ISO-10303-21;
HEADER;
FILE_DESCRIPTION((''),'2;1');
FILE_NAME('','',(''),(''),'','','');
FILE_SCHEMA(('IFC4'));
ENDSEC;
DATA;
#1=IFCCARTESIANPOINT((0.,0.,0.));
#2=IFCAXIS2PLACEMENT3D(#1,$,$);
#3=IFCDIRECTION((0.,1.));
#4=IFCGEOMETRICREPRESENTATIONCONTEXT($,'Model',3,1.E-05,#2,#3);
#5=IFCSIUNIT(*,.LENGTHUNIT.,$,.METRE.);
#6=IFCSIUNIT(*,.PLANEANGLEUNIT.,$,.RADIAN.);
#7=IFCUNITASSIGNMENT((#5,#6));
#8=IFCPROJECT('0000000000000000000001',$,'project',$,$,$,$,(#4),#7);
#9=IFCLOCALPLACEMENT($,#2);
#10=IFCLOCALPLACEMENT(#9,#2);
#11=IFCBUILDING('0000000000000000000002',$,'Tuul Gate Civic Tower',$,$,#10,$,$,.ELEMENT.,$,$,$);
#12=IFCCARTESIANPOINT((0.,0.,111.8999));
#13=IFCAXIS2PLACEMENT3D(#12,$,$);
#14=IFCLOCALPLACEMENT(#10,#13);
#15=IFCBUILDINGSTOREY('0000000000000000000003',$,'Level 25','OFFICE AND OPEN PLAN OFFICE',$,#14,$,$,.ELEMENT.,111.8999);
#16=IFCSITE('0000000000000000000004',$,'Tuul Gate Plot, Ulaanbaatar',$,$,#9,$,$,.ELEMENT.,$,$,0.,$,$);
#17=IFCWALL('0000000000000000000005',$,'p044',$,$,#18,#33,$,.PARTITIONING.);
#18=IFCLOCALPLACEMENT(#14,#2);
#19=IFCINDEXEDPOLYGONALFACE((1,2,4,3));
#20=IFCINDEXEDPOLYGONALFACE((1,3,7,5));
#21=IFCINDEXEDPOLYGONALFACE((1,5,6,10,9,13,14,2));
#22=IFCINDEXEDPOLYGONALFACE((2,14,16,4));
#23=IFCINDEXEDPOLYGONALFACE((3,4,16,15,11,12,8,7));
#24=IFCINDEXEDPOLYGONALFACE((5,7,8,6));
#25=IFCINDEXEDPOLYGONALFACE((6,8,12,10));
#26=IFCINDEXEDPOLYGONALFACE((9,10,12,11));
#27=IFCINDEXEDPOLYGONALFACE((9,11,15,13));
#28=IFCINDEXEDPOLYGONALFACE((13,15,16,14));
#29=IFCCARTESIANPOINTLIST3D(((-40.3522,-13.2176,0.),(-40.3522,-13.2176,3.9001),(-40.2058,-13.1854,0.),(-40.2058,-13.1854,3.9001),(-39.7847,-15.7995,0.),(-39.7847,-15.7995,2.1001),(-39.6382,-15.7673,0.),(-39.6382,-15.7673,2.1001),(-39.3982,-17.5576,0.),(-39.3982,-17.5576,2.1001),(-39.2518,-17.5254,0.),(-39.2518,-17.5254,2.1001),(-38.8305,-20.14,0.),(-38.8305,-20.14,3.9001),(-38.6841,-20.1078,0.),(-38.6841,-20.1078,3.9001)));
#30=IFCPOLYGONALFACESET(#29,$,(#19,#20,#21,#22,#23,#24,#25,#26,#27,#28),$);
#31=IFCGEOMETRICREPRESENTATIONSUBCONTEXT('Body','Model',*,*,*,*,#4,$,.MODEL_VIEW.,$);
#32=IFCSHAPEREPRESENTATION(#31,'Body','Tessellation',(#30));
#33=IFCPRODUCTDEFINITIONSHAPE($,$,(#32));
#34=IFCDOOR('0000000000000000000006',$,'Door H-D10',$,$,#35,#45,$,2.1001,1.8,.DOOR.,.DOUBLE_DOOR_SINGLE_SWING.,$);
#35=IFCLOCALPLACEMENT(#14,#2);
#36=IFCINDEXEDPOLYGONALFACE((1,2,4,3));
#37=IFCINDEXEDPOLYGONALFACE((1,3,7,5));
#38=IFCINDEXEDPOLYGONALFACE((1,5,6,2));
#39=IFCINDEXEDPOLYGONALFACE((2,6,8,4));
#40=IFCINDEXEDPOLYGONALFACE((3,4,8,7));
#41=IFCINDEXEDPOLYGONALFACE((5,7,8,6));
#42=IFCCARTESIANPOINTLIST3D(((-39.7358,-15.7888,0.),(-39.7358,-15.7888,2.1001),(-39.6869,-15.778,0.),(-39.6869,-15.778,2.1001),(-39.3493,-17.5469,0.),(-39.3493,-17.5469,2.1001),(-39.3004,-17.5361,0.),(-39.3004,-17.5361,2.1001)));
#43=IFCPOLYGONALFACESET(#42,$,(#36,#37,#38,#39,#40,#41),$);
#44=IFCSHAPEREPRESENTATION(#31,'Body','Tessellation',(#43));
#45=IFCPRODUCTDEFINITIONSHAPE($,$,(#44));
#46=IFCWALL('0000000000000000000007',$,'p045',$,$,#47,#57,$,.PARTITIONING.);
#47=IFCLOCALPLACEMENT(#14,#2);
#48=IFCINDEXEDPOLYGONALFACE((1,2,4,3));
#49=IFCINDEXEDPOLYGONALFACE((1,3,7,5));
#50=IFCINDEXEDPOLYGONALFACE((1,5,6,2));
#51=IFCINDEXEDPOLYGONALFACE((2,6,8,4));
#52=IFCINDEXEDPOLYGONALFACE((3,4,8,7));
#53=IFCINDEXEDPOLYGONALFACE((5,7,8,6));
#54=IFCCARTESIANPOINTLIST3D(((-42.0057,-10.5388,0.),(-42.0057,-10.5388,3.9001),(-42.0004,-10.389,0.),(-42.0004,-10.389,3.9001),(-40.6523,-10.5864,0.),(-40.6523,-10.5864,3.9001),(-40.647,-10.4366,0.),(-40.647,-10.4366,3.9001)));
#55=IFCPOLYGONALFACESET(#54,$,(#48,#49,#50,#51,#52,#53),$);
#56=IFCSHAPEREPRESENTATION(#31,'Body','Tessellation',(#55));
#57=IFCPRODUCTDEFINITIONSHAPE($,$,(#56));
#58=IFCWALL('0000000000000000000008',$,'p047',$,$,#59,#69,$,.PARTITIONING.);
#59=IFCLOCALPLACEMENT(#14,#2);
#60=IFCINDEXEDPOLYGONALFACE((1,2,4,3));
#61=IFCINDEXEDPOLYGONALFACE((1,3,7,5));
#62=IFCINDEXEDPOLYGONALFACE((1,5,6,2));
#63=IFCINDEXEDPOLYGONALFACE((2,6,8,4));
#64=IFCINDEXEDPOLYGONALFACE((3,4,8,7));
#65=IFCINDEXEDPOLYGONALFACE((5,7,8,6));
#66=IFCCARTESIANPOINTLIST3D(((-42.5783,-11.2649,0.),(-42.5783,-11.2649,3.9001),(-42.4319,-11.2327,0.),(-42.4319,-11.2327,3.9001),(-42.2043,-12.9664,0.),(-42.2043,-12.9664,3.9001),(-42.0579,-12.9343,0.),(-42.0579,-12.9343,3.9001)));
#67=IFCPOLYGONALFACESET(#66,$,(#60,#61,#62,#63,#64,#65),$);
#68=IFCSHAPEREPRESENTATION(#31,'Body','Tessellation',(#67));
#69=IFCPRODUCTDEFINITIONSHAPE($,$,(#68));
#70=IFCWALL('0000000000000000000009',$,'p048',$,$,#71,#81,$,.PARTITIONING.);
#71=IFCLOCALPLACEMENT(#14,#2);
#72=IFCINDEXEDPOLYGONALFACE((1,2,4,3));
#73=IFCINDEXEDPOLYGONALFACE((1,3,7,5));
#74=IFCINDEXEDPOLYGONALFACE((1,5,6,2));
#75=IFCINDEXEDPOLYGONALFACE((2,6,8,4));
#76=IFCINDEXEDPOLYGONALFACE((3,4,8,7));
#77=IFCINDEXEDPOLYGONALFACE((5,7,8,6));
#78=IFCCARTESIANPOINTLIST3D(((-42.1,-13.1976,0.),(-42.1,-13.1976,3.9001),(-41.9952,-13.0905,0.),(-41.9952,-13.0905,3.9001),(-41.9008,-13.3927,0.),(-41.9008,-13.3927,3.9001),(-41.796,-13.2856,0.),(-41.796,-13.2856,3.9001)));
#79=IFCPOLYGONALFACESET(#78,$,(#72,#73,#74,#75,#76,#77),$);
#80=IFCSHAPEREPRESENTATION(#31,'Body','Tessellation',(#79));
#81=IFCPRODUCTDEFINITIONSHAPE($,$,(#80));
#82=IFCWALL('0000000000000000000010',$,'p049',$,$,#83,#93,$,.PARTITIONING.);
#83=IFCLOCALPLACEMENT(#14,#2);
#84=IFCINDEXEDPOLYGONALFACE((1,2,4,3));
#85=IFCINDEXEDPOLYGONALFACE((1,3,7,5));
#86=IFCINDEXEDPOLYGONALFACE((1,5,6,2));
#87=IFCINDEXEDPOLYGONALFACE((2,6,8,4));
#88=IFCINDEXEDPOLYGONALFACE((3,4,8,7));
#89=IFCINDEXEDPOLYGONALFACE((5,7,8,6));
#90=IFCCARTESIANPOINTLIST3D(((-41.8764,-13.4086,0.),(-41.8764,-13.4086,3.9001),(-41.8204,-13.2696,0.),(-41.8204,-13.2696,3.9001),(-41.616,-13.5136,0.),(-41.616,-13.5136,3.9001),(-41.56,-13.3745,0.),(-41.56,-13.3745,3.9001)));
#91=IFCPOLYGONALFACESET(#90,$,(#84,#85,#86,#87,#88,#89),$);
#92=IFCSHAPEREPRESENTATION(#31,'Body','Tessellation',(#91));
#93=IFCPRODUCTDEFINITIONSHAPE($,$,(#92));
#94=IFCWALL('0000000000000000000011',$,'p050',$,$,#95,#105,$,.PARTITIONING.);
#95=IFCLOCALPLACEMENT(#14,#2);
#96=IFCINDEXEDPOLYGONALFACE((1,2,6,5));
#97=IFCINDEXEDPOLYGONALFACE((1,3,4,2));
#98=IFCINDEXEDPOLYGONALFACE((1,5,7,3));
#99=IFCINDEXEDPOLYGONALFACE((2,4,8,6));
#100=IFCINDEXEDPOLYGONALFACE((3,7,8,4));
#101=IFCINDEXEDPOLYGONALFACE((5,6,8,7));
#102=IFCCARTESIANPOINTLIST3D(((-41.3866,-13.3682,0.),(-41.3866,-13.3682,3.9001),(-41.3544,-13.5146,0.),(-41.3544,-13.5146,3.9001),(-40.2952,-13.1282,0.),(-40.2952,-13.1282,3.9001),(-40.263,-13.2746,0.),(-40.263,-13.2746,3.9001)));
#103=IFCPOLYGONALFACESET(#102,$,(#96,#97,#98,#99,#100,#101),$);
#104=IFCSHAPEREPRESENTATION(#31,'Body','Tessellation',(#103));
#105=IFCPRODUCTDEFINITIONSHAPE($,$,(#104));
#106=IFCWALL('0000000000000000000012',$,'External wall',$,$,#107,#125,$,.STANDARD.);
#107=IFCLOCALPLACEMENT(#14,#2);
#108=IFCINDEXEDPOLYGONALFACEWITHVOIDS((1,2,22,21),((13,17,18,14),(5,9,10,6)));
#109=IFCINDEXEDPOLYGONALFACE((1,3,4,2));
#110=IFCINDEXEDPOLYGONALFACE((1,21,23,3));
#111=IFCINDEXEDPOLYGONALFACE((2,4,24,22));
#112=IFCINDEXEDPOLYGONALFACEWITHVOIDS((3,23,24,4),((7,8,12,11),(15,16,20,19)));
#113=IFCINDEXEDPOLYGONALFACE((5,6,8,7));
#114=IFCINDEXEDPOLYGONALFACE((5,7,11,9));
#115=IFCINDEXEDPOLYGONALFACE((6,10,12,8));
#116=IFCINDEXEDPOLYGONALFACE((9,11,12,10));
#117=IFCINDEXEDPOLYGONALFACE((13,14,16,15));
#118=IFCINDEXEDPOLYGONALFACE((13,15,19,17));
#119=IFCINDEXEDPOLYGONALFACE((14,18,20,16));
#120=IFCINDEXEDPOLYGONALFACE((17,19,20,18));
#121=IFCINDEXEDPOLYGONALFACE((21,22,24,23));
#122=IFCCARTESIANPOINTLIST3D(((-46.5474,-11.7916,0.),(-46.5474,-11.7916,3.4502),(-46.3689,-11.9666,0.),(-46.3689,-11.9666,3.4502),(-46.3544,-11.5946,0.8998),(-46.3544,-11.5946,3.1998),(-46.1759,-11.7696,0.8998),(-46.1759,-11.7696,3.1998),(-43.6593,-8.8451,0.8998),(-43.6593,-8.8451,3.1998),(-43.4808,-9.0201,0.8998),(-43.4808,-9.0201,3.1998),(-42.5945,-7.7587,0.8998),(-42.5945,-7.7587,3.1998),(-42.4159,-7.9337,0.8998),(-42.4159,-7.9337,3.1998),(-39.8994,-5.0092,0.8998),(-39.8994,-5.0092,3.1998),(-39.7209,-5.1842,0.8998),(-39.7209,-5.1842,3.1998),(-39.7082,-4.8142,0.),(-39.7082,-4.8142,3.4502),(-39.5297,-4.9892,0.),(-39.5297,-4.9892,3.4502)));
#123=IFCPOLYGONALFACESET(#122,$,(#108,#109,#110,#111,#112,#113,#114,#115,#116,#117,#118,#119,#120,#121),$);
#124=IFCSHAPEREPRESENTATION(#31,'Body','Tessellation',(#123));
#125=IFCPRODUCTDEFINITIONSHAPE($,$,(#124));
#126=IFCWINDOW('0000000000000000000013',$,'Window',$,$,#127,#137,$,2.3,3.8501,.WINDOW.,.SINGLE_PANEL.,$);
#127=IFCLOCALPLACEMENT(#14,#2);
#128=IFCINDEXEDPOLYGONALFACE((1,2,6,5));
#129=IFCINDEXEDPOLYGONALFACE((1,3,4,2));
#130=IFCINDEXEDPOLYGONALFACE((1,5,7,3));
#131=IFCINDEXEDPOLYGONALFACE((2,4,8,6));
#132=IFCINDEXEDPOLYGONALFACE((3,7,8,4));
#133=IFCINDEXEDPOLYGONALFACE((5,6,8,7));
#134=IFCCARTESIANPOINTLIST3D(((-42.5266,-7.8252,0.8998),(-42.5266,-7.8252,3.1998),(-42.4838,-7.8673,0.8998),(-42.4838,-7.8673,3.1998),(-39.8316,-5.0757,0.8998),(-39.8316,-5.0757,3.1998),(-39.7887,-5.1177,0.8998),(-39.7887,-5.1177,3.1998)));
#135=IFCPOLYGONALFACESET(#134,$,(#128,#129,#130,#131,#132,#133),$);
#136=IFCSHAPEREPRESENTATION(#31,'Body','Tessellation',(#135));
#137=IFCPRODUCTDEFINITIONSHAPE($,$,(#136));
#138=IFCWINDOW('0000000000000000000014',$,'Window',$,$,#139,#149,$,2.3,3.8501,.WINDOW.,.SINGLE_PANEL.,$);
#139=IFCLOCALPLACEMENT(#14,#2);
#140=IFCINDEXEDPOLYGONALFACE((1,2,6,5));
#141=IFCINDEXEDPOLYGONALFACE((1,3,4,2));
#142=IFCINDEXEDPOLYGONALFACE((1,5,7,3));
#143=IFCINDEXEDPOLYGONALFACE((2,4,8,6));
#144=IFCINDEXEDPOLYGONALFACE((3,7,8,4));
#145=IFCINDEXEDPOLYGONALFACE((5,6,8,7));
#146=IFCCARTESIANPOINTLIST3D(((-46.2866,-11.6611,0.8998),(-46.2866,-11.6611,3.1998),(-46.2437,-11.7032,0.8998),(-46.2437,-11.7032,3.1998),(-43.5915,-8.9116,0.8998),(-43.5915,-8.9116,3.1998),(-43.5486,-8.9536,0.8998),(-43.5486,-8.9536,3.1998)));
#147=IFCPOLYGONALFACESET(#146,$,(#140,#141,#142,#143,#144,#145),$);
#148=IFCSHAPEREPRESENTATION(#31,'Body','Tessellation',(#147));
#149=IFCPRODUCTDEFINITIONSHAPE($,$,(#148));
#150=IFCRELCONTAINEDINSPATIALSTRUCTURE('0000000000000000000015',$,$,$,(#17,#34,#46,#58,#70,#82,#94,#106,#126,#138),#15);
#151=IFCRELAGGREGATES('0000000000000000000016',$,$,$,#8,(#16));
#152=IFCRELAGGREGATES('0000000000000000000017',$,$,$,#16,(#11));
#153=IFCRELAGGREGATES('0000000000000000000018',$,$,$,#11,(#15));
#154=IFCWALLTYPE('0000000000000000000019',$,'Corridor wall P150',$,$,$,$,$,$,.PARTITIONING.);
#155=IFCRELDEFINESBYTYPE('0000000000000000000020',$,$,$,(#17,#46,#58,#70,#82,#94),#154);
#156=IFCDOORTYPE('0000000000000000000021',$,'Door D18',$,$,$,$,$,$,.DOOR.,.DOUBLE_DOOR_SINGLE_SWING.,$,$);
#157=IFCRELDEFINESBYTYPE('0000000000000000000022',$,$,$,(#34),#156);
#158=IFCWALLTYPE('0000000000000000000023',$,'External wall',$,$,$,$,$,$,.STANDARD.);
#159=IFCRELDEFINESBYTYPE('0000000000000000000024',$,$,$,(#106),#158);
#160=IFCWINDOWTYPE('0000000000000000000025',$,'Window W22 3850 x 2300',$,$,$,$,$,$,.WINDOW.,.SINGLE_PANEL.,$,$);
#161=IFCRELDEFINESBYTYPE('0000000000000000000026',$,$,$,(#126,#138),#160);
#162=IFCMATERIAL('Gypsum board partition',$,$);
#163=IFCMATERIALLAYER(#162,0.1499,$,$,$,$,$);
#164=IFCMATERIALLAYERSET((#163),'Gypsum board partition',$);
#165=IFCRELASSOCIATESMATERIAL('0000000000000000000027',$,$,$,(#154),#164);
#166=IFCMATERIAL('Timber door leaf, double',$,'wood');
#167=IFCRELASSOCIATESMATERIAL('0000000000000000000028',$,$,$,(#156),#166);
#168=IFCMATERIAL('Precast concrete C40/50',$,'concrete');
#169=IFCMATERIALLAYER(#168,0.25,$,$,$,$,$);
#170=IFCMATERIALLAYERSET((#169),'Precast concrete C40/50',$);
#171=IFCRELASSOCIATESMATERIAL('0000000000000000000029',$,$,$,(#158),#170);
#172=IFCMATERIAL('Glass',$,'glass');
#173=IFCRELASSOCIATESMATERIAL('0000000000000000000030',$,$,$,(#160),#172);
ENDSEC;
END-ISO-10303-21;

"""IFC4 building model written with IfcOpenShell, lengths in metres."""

from ifc_helpers import new_model, si_unit, direction, frame, frame_2d, origin, place, context, subcontext, project, spatial, rectangle, extrude, material, layer, layer_set, type_object, element, fill, save


model = new_model("IFC4")

# Units and contexts
model_context = context("Model", 3, precision=1e-05, world=origin(), true_north=direction((0.0, 1.0)))
body_context = subcontext(model_context, "Body", "Model", "MODEL_VIEW")
ifc_project = project(units=[si_unit("LENGTHUNIT", "METRE"), si_unit("PLANEANGLEUNIT", "RADIAN")], contexts=[model_context])

# Site, building, storey
site_placement = place(None, origin())
site = spatial("IfcSite", under=ifc_project, at=site_placement, Name="Tuul Gate Plot, Ulaanbaatar", CompositionType="ELEMENT", RefElevation=0.0)
building_placement = place(site_placement, origin())
building = spatial("IfcBuilding", under=site, at=building_placement, Name="Tuul Gate Civic Tower", CompositionType="ELEMENT")
storey_placement = place(building_placement, frame((0.0, 0.0, 111.8999)))
storey = spatial("IfcBuildingStorey", under=building, at=storey_placement, Name="Level 25", Description="OFFICE AND OPEN PLAN OFFICE", CompositionType="ELEMENT", Elevation=111.8999)

# Shared definitions
ifc_material_1 = material(Name="Gypsum board partition")
ifc_layer_1 = layer(ifc_material_1, 0.1499)
ifc_layer_set_1 = layer_set([ifc_layer_1], Name="Gypsum board partition")
wall_type_1 = type_object("IfcWallType", Name="Corridor wall P150", PredefinedType="PARTITIONING", material=ifc_layer_set_1)

# Wall, opening, door
wall_1_placement = place(storey_placement, frame((-40.2791, -13.2014, 0.0), z_axis=(0.0, 0.0, 1.0), x_axis=(0.214701, -0.97668, 0.0)))
wall_1 = element("IfcWall", 1, at=wall_1_placement, inside=storey, type_object=wall_type_1, Name="p044", PredefinedType="PARTITIONING", context=body_context, shape_type="SweptSolid", body=[
    extrude(rectangle(XDim=7.0876, YDim=0.1499, at=frame_2d((3.5439, 0.0))), origin(), (0.0, 0.0, 1.0), 3.9001),
])
opening_1_placement = place(wall_1_placement, frame((2.6438, 0.0, 0.0)))
opening_1 = element("IfcOpeningElement", 2, at=opening_1_placement, cuts=wall_1, PredefinedType="OPENING", context=body_context, shape_type="SweptSolid", body=[
    extrude(rectangle(XDim=1.8, YDim=2.1001, at=frame_2d((0.8999, 1.05))), frame((0.0, 0.085, 0.0), z_axis=(0.0, -1.0, 0.0), x_axis=(1.0, 0.0, 0.0)), (0.0, 0.0, 1.0), 0.1699),
])
ifc_material_2 = material(Name="Timber door leaf, double", Category="wood")
door_type_1 = type_object("IfcDoorType", Name="Door D18", OperationType="DOUBLE_DOOR_SINGLE_SWING", PredefinedType="DOOR", material=ifc_material_2)
door_1_placement = place(opening_1_placement, frame((1.8, 0.0, 0.0), z_axis=(0.0, 0.0, 1.0), x_axis=(-1.0, 0.0, 0.0)))
door_1 = element("IfcDoor", 3, at=door_1_placement, inside=storey, type_object=door_type_1, Name="Door H-D10", OperationType="DOUBLE_DOOR_SINGLE_SWING", OverallHeight=2.1001, OverallWidth=1.8, PredefinedType="DOOR", context=body_context, shape_type="SweptSolid", body=[
    extrude(rectangle(XDim=1.8, YDim=2.1001, at=frame_2d((0.9001, 1.05))), frame((0.0, 0.0249, 0.0), z_axis=(0.0, -1.0, 0.0), x_axis=(1.0, 0.0, 0.0)), (0.0, 0.0, 1.0), 0.05),
])
fill(opening_1, door_1)

# Walls
wall_2_placement = place(storey_placement, frame((-42.0032, -10.4639, 0.0), z_axis=(0.0, 0.0, 1.0), x_axis=(0.999382, -0.035151, 0.0)))
element("IfcWall", 4, at=wall_2_placement, inside=storey, type_object=wall_type_1, Name="p045", PredefinedType="PARTITIONING", context=body_context, shape_type="SweptSolid", body=[
    extrude(rectangle(XDim=1.3542, YDim=0.1499, at=frame_2d((0.6772, 0.0))), origin(), (0.0, 0.0, 1.0), 3.9001),
])
wall_3_placement = place(storey_placement, frame((-42.5051, -11.2488, 0.0), z_axis=(0.0, 0.0, 1.0), x_axis=(0.214675, -0.976686, 0.0)))
element("IfcWall", 5, at=wall_3_placement, inside=storey, type_object=wall_type_1, Name="p047", PredefinedType="PARTITIONING", context=body_context, shape_type="SweptSolid", body=[
    extrude(rectangle(XDim=1.7422, YDim=0.1499, at=frame_2d((0.8711, 0.0))), origin(), (0.0, 0.0, 1.0), 3.9001),
])
wall_4_placement = place(storey_placement, frame((-42.0476, -13.144, 0.0), z_axis=(0.0, 0.0, 1.0), x_axis=(0.71451, -0.699625, 0.0)))
element("IfcWall", 6, at=wall_4_placement, inside=storey, type_object=wall_type_1, Name="p048", PredefinedType="PARTITIONING", context=body_context, shape_type="SweptSolid", body=[
    extrude(rectangle(XDim=0.2788, YDim=0.1499, at=frame_2d((0.1394, 0.0))), origin(), (0.0, 0.0, 1.0), 3.9001),
])
wall_5_placement = place(storey_placement, frame((-41.8484, -13.3391, 0.0), z_axis=(0.0, 0.0, 1.0), x_axis=(0.927514, -0.373787, 0.0)))
element("IfcWall", 7, at=wall_5_placement, inside=storey, type_object=wall_type_1, Name="p049", PredefinedType="PARTITIONING", context=body_context, shape_type="SweptSolid", body=[
    extrude(rectangle(XDim=0.2808, YDim=0.1499, at=frame_2d((0.1404, 0.0))), origin(), (0.0, 0.0, 1.0), 3.9001),
])
wall_6_placement = place(storey_placement, frame((-41.3704, -13.4414, 0.0), z_axis=(0.0, 0.0, 1.0), x_axis=(0.976663, 0.214778, 0.0)))
element("IfcWall", 8, at=wall_6_placement, inside=storey, type_object=wall_type_1, Name="p050", PredefinedType="PARTITIONING", context=body_context, shape_type="SweptSolid", body=[
    extrude(rectangle(XDim=1.1174, YDim=0.1499, at=frame_2d((0.5586, 0.0))), origin(), (0.0, 0.0, 1.0), 3.9001),
])

# Wall, openings, windows
ifc_material_3 = material(Name="Precast concrete C40/50", Category="concrete")
ifc_layer_2 = layer(ifc_material_3, 0.25)
ifc_layer_set_2 = layer_set([ifc_layer_2], Name="Precast concrete C40/50")
wall_type_2 = type_object("IfcWallType", Name="External wall", PredefinedType="STANDARD", material=ifc_layer_set_2)
wall_7_placement = place(storey_placement, frame((-39.6189, -4.9016, 0.0), z_axis=(0.0, 0.0, 1.0), x_axis=(-0.7, -0.714143, 0.0)))
wall_7 = element("IfcWall", 9, at=wall_7_placement, inside=storey, type_object=wall_type_2, Name="External wall", PredefinedType="STANDARD", context=body_context, shape_type="SweptSolid", body=[
    extrude(rectangle(XDim=9.7703, YDim=0.25, at=frame_2d((4.8853, 0.0))), origin(), (0.0, 0.0, 1.0), 3.4502),
])
opening_2_placement = place(wall_7_placement, frame((0.2732, 0.0, 0.8999)))
opening_2 = element("IfcOpeningElement", 10, at=opening_2_placement, cuts=wall_7, PredefinedType="OPENING", context=body_context, shape_type="SweptSolid", body=[
    extrude(rectangle(XDim=3.8501, YDim=2.3, at=frame_2d((1.925, 1.1499))), frame((0.0, 0.135, 0.0), z_axis=(0.0, -1.0, 0.0), x_axis=(1.0, 0.0, 0.0)), (0.0, 0.0, 1.0), 0.27),
])
opening_3_placement = place(wall_7_placement, frame((5.6445, 0.0, 0.8999)))
opening_3 = element("IfcOpeningElement", 11, at=opening_3_placement, cuts=wall_7, PredefinedType="OPENING", context=body_context, shape_type="SweptSolid", body=[
    extrude(rectangle(XDim=3.8501, YDim=2.3, at=frame_2d((1.925, 1.1499))), frame((0.0, 0.135, 0.0), z_axis=(0.0, -1.0, 0.0), x_axis=(1.0, 0.0, 0.0)), (0.0, 0.0, 1.0), 0.27),
])
ifc_material_4 = material(Name="Glass", Category="glass")
window_type_1 = type_object("IfcWindowType", Name="Window W22 3850 x 2300", PartitioningType="SINGLE_PANEL", PredefinedType="WINDOW", material=ifc_material_4)
window_1_placement = place(opening_2_placement, origin())
window_1 = element("IfcWindow", 12, at=window_1_placement, inside=storey, type_object=window_type_1, Name="Window", OverallHeight=2.3, OverallWidth=3.8501, PartitioningType="SINGLE_PANEL", PredefinedType="WINDOW", context=body_context, shape_type="SweptSolid", body=[
    extrude(rectangle(XDim=3.8501, YDim=2.3, at=frame_2d((1.925, 1.1499))), frame((0.0, 0.03, 0.0), z_axis=(0.0, -1.0, 0.0), x_axis=(1.0, 0.0, 0.0)), (0.0, 0.0, 1.0), 0.0601),
])
fill(opening_2, window_1)
window_2_placement = place(opening_3_placement, origin())
window_2 = element("IfcWindow", 13, at=window_2_placement, inside=storey, type_object=window_type_1, Name="Window", OverallHeight=2.3, OverallWidth=3.8501, PartitioningType="SINGLE_PANEL", PredefinedType="WINDOW", context=body_context, shape_type="SweptSolid", body=[
    extrude(rectangle(XDim=3.8501, YDim=2.3, at=frame_2d((1.925, 1.1499))), frame((0.0, 0.03, 0.0), z_axis=(0.0, -1.0, 0.0), x_axis=(1.0, 0.0, 0.0)), (0.0, 0.0, 1.0), 0.0601),
])
fill(opening_3, window_2)

save(model, "model.ifc")
